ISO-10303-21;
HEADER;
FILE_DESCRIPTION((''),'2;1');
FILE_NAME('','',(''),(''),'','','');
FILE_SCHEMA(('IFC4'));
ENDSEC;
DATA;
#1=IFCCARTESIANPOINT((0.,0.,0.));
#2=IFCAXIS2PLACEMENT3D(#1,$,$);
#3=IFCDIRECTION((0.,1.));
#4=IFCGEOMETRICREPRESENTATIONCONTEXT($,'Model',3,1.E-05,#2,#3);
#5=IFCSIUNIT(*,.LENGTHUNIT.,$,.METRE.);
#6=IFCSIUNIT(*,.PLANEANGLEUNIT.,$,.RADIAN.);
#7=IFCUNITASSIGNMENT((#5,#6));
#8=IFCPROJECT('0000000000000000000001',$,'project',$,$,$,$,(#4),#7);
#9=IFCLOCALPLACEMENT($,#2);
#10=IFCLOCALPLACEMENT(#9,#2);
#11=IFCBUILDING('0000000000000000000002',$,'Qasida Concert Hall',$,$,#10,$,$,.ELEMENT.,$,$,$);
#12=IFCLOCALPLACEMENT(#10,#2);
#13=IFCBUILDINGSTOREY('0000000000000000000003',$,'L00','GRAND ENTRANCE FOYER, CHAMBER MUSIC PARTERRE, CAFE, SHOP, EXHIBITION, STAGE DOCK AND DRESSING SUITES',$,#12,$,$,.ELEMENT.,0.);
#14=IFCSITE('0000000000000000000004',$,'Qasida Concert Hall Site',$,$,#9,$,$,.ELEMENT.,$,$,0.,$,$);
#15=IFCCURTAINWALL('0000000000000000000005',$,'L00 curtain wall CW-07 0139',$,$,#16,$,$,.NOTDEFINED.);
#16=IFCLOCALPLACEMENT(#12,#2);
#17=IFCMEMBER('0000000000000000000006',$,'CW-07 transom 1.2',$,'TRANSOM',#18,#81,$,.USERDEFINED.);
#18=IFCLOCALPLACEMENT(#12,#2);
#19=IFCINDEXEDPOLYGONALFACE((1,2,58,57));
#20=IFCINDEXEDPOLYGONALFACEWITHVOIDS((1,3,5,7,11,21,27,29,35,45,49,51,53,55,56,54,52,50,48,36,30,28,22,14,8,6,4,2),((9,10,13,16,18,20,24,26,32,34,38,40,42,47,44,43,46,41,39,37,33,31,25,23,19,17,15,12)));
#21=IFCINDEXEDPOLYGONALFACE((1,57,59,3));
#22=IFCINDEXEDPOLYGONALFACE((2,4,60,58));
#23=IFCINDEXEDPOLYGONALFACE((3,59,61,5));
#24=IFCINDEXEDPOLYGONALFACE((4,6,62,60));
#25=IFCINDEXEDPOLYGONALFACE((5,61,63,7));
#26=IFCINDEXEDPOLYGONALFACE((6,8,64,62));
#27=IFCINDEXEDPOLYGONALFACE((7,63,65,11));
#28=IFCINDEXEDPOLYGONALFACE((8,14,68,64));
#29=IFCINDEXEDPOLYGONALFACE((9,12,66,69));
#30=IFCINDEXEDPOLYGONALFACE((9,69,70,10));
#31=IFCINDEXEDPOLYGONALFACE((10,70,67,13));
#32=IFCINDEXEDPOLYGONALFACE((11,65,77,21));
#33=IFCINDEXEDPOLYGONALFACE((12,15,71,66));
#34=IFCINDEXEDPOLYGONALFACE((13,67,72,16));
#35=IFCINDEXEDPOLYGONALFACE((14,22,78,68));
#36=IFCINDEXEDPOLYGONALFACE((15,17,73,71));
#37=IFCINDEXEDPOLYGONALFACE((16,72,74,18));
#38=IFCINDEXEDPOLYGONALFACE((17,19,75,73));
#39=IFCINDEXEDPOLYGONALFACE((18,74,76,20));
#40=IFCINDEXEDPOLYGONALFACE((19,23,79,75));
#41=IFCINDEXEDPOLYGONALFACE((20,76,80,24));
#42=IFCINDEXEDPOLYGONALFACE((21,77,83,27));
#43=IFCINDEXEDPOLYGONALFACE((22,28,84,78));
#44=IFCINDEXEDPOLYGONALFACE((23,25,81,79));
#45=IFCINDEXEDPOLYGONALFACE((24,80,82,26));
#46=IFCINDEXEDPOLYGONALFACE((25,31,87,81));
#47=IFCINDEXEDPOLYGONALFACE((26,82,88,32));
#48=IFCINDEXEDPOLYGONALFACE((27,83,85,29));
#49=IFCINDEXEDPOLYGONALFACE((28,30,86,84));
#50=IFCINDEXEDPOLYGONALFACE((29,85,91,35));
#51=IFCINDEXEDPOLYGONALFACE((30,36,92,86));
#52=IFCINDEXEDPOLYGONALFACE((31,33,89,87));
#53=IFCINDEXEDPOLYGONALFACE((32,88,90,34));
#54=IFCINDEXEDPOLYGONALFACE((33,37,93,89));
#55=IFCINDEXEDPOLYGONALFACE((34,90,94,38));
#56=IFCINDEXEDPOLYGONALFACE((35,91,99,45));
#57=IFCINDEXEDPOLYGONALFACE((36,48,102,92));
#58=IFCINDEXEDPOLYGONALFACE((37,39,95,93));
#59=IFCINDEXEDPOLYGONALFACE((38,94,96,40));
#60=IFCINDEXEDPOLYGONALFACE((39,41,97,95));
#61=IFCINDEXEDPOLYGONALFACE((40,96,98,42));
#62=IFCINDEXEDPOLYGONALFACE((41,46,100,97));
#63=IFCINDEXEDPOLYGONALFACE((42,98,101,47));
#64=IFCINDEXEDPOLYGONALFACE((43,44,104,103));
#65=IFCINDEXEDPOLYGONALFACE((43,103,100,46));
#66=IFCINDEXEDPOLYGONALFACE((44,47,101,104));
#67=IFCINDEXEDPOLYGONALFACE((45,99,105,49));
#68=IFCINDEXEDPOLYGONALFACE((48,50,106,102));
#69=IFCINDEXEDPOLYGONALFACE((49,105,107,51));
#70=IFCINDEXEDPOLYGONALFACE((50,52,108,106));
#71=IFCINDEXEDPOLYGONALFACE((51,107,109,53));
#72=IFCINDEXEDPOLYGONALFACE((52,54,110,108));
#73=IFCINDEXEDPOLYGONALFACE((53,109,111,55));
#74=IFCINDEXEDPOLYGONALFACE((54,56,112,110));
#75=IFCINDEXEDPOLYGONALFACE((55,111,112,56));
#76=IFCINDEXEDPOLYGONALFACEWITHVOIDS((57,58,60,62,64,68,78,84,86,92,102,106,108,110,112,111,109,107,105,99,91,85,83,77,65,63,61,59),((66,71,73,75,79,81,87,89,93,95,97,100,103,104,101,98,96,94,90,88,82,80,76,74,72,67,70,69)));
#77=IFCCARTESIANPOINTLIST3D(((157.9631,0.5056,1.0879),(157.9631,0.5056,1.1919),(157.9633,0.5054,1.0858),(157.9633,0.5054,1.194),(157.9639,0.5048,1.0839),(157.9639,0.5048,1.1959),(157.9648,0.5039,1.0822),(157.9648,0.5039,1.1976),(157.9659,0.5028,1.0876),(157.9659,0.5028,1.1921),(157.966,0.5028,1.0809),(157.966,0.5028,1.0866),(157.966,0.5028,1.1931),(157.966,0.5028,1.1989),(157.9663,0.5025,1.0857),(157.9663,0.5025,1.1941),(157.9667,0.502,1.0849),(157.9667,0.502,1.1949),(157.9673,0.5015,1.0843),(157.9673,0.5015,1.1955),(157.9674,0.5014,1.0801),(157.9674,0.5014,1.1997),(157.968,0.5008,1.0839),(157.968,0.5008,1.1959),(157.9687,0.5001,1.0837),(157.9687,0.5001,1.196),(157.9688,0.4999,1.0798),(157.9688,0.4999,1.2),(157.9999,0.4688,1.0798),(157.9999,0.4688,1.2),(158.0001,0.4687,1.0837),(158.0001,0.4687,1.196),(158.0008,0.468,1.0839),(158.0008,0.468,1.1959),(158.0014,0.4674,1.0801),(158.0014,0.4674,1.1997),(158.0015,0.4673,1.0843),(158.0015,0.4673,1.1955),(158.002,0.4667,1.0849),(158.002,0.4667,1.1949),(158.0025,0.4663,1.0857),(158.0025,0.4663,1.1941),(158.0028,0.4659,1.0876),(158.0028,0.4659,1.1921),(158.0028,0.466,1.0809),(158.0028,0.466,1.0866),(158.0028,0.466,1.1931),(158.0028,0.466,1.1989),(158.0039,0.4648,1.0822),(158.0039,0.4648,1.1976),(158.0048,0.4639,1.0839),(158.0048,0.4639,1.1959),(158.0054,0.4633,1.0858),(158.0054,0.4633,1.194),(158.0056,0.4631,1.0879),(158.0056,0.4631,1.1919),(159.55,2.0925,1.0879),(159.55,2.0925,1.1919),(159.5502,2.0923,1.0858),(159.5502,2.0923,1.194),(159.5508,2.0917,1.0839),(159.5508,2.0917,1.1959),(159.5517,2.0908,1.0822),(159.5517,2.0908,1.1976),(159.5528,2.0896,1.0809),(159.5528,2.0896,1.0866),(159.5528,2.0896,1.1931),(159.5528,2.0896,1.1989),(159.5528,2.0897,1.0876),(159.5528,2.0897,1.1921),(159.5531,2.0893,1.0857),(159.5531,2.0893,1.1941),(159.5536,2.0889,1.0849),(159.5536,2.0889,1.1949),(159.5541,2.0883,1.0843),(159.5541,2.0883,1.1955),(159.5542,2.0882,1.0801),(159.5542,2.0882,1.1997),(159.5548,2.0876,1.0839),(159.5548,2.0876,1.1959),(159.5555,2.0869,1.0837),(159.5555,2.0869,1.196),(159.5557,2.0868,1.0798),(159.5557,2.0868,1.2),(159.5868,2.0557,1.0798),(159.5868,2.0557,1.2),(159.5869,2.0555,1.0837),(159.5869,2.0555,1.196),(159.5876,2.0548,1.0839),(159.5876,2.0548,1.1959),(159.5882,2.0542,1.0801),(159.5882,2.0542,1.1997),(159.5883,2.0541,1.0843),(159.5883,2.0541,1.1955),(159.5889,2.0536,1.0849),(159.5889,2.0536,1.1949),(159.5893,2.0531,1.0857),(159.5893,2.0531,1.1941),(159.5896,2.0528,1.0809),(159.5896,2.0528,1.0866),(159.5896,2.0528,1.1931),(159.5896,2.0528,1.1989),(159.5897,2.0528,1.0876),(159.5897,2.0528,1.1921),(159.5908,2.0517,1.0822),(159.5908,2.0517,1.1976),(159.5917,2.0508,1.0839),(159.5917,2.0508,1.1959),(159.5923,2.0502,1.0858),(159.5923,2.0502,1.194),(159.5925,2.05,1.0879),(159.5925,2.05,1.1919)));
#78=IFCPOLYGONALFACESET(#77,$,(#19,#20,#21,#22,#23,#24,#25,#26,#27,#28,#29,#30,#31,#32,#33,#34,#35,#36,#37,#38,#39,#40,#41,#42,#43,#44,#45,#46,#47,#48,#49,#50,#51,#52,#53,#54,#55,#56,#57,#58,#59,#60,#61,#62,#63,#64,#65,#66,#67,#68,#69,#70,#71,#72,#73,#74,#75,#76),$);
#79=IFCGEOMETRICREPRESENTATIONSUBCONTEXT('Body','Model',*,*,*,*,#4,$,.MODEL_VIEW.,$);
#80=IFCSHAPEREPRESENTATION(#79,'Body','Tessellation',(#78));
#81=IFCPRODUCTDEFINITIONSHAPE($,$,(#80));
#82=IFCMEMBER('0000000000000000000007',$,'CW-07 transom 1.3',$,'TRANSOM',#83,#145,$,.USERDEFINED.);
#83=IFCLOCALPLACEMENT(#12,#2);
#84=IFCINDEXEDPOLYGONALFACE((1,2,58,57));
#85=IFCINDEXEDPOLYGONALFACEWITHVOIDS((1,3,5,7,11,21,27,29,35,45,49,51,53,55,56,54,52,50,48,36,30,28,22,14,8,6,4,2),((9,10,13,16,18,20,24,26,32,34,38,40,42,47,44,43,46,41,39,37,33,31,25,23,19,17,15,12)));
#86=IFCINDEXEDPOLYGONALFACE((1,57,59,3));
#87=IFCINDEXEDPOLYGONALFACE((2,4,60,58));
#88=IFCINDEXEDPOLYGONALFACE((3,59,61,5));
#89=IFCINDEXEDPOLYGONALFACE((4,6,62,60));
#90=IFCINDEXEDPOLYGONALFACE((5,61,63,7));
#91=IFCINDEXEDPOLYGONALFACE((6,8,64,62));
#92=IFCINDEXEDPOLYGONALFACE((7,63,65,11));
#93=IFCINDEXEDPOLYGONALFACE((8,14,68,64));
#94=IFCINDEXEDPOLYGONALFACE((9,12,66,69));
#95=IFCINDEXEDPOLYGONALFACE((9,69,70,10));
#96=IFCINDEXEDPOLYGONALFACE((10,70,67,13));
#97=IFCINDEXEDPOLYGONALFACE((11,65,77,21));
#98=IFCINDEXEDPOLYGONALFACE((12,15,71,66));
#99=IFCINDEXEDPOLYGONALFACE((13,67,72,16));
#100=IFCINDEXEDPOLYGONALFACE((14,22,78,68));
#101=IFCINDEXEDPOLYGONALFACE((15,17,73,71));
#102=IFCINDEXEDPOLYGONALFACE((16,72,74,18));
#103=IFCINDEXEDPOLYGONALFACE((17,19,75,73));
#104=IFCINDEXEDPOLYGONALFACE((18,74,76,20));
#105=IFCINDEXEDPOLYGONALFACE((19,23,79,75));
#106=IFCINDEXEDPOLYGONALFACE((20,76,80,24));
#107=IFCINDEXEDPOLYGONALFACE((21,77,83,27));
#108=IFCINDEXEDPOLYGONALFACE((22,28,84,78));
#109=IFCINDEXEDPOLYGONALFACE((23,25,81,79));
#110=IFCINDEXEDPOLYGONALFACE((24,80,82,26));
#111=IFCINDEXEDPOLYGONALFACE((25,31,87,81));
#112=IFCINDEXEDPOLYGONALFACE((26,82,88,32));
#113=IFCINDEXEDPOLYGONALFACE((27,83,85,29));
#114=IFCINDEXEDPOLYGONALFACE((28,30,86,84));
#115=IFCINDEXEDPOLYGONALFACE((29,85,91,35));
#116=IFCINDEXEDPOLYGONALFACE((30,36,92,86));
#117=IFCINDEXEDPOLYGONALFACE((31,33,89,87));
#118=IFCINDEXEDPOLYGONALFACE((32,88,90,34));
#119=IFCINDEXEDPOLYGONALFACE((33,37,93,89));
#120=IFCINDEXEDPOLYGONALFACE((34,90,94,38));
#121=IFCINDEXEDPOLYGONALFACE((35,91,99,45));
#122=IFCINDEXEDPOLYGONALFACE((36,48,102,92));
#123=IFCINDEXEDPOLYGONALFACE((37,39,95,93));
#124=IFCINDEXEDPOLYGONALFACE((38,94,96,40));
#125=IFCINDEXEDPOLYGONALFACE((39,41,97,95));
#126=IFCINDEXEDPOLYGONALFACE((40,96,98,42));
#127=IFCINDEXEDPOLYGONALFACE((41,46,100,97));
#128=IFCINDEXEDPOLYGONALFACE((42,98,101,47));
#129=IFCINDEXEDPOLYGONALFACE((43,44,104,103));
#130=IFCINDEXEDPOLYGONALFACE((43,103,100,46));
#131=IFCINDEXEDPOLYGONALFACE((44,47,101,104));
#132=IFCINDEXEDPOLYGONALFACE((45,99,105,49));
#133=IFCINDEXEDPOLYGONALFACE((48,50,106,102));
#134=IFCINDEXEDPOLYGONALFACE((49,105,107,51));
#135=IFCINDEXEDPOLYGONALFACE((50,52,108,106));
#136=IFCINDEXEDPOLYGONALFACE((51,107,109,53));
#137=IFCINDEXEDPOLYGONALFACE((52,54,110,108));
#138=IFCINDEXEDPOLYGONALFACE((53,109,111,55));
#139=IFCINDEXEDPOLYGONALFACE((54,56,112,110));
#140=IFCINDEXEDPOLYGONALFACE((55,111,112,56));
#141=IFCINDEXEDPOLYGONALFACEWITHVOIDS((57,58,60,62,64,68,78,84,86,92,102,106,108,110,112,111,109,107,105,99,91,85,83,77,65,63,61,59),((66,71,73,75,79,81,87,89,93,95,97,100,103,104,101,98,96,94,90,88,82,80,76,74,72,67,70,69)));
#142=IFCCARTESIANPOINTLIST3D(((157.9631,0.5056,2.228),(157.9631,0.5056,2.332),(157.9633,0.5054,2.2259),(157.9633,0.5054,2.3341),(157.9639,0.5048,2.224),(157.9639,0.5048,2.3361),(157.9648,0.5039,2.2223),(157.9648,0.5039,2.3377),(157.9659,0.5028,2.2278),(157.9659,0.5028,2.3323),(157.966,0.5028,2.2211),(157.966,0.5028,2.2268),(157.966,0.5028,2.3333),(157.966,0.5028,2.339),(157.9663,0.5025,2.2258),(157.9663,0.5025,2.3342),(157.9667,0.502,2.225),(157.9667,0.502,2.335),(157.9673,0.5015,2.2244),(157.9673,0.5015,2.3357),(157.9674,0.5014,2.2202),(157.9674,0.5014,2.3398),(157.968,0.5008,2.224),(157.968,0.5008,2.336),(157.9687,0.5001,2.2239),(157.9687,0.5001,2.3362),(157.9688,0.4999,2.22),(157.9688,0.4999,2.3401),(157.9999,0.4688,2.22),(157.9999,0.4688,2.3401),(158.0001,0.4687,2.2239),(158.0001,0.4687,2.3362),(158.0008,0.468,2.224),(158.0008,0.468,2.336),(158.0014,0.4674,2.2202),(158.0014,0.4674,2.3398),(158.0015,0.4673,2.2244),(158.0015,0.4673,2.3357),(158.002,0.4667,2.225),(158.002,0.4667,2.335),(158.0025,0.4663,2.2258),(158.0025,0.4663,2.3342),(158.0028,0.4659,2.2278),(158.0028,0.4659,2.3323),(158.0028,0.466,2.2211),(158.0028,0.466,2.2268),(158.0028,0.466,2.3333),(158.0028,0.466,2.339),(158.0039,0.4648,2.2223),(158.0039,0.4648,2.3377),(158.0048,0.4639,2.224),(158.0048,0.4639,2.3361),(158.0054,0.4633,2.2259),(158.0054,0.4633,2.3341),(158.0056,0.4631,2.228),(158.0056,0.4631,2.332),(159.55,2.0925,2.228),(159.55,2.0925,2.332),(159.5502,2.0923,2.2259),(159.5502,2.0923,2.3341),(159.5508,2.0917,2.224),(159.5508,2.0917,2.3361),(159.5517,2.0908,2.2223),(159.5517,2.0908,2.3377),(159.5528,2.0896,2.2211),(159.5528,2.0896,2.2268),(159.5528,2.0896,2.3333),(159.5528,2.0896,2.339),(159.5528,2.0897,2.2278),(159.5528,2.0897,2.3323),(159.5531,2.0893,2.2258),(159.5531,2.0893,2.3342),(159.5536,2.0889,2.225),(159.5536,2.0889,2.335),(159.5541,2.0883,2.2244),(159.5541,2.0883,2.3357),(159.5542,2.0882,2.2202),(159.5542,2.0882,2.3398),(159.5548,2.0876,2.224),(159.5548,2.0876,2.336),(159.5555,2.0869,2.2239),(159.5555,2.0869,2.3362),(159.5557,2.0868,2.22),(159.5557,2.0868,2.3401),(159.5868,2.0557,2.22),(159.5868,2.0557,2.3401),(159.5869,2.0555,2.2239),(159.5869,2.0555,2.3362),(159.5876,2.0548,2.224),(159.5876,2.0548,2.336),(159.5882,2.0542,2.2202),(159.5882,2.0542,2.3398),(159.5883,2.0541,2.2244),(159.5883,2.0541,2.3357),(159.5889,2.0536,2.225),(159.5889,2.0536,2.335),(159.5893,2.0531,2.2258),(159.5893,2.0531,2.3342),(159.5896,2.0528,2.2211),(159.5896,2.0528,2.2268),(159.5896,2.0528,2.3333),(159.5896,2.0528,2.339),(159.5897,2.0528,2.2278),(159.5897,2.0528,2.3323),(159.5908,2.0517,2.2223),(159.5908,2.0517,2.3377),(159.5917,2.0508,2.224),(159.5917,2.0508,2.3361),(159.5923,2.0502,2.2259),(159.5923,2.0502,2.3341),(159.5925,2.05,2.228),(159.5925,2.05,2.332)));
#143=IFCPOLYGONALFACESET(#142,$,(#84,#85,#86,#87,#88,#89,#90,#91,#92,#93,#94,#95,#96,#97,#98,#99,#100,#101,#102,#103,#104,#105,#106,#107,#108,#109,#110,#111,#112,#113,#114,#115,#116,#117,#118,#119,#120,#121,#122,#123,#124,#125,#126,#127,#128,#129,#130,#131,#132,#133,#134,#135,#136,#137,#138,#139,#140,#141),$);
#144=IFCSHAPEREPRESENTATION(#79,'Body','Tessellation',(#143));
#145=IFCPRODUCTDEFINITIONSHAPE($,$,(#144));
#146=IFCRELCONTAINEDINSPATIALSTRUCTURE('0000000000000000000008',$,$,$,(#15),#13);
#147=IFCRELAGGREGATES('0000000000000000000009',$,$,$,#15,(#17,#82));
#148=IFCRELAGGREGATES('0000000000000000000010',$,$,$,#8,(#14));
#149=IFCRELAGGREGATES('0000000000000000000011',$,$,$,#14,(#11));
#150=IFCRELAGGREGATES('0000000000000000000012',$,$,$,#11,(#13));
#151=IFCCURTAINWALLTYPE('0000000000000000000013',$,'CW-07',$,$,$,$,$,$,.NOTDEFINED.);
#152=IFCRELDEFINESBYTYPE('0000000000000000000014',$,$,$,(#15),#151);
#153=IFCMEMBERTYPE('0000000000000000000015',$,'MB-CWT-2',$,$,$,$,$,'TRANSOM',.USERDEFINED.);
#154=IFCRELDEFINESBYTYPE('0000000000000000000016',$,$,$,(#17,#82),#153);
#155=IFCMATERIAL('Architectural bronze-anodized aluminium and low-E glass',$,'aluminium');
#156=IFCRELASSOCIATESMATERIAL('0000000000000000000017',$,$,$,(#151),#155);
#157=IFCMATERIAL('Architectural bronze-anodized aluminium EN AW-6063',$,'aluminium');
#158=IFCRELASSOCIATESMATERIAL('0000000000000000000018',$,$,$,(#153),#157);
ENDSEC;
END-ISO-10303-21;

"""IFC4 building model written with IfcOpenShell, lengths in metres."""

from ifc_helpers import new_model, si_unit, direction, frame, origin, origin_2d, place, context, subcontext, project, spatial, hollow_rectangle, extrude, material, material_profile, profile_set, type_object, element, aggregate, save


model = new_model("IFC4")

# Units and contexts
model_context = context("Model", 3, precision=1e-05, world=origin(), true_north=direction((0.0, 1.0)))
body_context = subcontext(model_context, "Body", "Model", "MODEL_VIEW")
ifc_project = project(units=[si_unit("LENGTHUNIT", "METRE"), si_unit("PLANEANGLEUNIT", "RADIAN")], contexts=[model_context])

# Site, building, storey
site_placement = place(None, origin())
site = spatial("IfcSite", under=ifc_project, at=site_placement, Name="Qasida Concert Hall Site", CompositionType="ELEMENT", RefElevation=0.0)
building_placement = place(site_placement, origin())
building = spatial("IfcBuilding", under=site, at=building_placement, Name="Qasida Concert Hall", CompositionType="ELEMENT")
storey_placement = place(building_placement, origin())
storey = spatial("IfcBuildingStorey", under=building, at=storey_placement, Name="L00", Description="GRAND ENTRANCE FOYER, CHAMBER MUSIC PARTERRE, CAFE, SHOP, EXHIBITION, STAGE DOCK AND DRESSING SUITES", CompositionType="ELEMENT", Elevation=0.0)

# Curtain wall, members
ifc_material_1 = material(Name="Architectural bronze-anodized aluminium and low-E glass", Category="aluminium")
curtain_wall_type = type_object("IfcCurtainWallType", Name="CW-07", PredefinedType="NOTDEFINED", material=ifc_material_1)
curtain_wall_placement = place(storey_placement, origin())
curtain_wall = element("IfcCurtainWall", 1, at=curtain_wall_placement, inside=storey, type_object=curtain_wall_type, Name="L00 curtain wall CW-07 0139", PredefinedType="NOTDEFINED")
ifc_material_2 = material(Name="Architectural bronze-anodized aluminium EN AW-6063", Category="aluminium")
ifc_material_profile_1 = material_profile(ifc_material_2, hollow_rectangle(XDim=0.0601, YDim=0.1201, WallThickness=0.0039, InnerFilletRadius=0.0039, OuterFilletRadius=0.0081, at=origin_2d()), Name="CWT 120x60x4")
ifc_profile_set_1 = profile_set([ifc_material_profile_1], Name="Architectural bronze-anodized aluminium EN AW-6063")
member_type_1 = type_object("IfcMemberType", Name="MB-CWT-2", ElementType="TRANSOM", PredefinedType="USERDEFINED", material=ifc_profile_set_1)
member_1_placement = place(storey_placement, frame((157.9844, 0.4844, 1.1399), z_axis=(0.707107, 0.707107, 0.0), x_axis=(-0.707107, 0.707107, 0.0)))
member_1 = element("IfcMember", 2, at=member_1_placement, type_object=member_type_1, Name="CW-07 transom 1.2", ObjectType="TRANSOM", PredefinedType="USERDEFINED", context=body_context, shape_type="SweptSolid", body=[
    extrude(hollow_rectangle(XDim=0.0601, YDim=0.1201, WallThickness=0.0039, InnerFilletRadius=0.0039, OuterFilletRadius=0.0081, at=origin_2d()), origin(), (0.0, 0.0, 1.0), 2.2441),
])
member_2_placement = place(storey_placement, frame((157.9844, 0.4844, 2.28), z_axis=(0.707107, 0.707107, 0.0), x_axis=(-0.707107, 0.707107, 0.0)))
member_2 = element("IfcMember", 3, at=member_2_placement, type_object=member_type_1, Name="CW-07 transom 1.3", ObjectType="TRANSOM", PredefinedType="USERDEFINED", context=body_context, shape_type="SweptSolid", body=[
    extrude(hollow_rectangle(XDim=0.0601, YDim=0.1201, WallThickness=0.0039, InnerFilletRadius=0.0039, OuterFilletRadius=0.0081, at=origin_2d()), origin(), (0.0, 0.0, 1.0), 2.2441),
])
aggregate(curtain_wall, [member_1, member_2])

save(model, "model.ifc")
